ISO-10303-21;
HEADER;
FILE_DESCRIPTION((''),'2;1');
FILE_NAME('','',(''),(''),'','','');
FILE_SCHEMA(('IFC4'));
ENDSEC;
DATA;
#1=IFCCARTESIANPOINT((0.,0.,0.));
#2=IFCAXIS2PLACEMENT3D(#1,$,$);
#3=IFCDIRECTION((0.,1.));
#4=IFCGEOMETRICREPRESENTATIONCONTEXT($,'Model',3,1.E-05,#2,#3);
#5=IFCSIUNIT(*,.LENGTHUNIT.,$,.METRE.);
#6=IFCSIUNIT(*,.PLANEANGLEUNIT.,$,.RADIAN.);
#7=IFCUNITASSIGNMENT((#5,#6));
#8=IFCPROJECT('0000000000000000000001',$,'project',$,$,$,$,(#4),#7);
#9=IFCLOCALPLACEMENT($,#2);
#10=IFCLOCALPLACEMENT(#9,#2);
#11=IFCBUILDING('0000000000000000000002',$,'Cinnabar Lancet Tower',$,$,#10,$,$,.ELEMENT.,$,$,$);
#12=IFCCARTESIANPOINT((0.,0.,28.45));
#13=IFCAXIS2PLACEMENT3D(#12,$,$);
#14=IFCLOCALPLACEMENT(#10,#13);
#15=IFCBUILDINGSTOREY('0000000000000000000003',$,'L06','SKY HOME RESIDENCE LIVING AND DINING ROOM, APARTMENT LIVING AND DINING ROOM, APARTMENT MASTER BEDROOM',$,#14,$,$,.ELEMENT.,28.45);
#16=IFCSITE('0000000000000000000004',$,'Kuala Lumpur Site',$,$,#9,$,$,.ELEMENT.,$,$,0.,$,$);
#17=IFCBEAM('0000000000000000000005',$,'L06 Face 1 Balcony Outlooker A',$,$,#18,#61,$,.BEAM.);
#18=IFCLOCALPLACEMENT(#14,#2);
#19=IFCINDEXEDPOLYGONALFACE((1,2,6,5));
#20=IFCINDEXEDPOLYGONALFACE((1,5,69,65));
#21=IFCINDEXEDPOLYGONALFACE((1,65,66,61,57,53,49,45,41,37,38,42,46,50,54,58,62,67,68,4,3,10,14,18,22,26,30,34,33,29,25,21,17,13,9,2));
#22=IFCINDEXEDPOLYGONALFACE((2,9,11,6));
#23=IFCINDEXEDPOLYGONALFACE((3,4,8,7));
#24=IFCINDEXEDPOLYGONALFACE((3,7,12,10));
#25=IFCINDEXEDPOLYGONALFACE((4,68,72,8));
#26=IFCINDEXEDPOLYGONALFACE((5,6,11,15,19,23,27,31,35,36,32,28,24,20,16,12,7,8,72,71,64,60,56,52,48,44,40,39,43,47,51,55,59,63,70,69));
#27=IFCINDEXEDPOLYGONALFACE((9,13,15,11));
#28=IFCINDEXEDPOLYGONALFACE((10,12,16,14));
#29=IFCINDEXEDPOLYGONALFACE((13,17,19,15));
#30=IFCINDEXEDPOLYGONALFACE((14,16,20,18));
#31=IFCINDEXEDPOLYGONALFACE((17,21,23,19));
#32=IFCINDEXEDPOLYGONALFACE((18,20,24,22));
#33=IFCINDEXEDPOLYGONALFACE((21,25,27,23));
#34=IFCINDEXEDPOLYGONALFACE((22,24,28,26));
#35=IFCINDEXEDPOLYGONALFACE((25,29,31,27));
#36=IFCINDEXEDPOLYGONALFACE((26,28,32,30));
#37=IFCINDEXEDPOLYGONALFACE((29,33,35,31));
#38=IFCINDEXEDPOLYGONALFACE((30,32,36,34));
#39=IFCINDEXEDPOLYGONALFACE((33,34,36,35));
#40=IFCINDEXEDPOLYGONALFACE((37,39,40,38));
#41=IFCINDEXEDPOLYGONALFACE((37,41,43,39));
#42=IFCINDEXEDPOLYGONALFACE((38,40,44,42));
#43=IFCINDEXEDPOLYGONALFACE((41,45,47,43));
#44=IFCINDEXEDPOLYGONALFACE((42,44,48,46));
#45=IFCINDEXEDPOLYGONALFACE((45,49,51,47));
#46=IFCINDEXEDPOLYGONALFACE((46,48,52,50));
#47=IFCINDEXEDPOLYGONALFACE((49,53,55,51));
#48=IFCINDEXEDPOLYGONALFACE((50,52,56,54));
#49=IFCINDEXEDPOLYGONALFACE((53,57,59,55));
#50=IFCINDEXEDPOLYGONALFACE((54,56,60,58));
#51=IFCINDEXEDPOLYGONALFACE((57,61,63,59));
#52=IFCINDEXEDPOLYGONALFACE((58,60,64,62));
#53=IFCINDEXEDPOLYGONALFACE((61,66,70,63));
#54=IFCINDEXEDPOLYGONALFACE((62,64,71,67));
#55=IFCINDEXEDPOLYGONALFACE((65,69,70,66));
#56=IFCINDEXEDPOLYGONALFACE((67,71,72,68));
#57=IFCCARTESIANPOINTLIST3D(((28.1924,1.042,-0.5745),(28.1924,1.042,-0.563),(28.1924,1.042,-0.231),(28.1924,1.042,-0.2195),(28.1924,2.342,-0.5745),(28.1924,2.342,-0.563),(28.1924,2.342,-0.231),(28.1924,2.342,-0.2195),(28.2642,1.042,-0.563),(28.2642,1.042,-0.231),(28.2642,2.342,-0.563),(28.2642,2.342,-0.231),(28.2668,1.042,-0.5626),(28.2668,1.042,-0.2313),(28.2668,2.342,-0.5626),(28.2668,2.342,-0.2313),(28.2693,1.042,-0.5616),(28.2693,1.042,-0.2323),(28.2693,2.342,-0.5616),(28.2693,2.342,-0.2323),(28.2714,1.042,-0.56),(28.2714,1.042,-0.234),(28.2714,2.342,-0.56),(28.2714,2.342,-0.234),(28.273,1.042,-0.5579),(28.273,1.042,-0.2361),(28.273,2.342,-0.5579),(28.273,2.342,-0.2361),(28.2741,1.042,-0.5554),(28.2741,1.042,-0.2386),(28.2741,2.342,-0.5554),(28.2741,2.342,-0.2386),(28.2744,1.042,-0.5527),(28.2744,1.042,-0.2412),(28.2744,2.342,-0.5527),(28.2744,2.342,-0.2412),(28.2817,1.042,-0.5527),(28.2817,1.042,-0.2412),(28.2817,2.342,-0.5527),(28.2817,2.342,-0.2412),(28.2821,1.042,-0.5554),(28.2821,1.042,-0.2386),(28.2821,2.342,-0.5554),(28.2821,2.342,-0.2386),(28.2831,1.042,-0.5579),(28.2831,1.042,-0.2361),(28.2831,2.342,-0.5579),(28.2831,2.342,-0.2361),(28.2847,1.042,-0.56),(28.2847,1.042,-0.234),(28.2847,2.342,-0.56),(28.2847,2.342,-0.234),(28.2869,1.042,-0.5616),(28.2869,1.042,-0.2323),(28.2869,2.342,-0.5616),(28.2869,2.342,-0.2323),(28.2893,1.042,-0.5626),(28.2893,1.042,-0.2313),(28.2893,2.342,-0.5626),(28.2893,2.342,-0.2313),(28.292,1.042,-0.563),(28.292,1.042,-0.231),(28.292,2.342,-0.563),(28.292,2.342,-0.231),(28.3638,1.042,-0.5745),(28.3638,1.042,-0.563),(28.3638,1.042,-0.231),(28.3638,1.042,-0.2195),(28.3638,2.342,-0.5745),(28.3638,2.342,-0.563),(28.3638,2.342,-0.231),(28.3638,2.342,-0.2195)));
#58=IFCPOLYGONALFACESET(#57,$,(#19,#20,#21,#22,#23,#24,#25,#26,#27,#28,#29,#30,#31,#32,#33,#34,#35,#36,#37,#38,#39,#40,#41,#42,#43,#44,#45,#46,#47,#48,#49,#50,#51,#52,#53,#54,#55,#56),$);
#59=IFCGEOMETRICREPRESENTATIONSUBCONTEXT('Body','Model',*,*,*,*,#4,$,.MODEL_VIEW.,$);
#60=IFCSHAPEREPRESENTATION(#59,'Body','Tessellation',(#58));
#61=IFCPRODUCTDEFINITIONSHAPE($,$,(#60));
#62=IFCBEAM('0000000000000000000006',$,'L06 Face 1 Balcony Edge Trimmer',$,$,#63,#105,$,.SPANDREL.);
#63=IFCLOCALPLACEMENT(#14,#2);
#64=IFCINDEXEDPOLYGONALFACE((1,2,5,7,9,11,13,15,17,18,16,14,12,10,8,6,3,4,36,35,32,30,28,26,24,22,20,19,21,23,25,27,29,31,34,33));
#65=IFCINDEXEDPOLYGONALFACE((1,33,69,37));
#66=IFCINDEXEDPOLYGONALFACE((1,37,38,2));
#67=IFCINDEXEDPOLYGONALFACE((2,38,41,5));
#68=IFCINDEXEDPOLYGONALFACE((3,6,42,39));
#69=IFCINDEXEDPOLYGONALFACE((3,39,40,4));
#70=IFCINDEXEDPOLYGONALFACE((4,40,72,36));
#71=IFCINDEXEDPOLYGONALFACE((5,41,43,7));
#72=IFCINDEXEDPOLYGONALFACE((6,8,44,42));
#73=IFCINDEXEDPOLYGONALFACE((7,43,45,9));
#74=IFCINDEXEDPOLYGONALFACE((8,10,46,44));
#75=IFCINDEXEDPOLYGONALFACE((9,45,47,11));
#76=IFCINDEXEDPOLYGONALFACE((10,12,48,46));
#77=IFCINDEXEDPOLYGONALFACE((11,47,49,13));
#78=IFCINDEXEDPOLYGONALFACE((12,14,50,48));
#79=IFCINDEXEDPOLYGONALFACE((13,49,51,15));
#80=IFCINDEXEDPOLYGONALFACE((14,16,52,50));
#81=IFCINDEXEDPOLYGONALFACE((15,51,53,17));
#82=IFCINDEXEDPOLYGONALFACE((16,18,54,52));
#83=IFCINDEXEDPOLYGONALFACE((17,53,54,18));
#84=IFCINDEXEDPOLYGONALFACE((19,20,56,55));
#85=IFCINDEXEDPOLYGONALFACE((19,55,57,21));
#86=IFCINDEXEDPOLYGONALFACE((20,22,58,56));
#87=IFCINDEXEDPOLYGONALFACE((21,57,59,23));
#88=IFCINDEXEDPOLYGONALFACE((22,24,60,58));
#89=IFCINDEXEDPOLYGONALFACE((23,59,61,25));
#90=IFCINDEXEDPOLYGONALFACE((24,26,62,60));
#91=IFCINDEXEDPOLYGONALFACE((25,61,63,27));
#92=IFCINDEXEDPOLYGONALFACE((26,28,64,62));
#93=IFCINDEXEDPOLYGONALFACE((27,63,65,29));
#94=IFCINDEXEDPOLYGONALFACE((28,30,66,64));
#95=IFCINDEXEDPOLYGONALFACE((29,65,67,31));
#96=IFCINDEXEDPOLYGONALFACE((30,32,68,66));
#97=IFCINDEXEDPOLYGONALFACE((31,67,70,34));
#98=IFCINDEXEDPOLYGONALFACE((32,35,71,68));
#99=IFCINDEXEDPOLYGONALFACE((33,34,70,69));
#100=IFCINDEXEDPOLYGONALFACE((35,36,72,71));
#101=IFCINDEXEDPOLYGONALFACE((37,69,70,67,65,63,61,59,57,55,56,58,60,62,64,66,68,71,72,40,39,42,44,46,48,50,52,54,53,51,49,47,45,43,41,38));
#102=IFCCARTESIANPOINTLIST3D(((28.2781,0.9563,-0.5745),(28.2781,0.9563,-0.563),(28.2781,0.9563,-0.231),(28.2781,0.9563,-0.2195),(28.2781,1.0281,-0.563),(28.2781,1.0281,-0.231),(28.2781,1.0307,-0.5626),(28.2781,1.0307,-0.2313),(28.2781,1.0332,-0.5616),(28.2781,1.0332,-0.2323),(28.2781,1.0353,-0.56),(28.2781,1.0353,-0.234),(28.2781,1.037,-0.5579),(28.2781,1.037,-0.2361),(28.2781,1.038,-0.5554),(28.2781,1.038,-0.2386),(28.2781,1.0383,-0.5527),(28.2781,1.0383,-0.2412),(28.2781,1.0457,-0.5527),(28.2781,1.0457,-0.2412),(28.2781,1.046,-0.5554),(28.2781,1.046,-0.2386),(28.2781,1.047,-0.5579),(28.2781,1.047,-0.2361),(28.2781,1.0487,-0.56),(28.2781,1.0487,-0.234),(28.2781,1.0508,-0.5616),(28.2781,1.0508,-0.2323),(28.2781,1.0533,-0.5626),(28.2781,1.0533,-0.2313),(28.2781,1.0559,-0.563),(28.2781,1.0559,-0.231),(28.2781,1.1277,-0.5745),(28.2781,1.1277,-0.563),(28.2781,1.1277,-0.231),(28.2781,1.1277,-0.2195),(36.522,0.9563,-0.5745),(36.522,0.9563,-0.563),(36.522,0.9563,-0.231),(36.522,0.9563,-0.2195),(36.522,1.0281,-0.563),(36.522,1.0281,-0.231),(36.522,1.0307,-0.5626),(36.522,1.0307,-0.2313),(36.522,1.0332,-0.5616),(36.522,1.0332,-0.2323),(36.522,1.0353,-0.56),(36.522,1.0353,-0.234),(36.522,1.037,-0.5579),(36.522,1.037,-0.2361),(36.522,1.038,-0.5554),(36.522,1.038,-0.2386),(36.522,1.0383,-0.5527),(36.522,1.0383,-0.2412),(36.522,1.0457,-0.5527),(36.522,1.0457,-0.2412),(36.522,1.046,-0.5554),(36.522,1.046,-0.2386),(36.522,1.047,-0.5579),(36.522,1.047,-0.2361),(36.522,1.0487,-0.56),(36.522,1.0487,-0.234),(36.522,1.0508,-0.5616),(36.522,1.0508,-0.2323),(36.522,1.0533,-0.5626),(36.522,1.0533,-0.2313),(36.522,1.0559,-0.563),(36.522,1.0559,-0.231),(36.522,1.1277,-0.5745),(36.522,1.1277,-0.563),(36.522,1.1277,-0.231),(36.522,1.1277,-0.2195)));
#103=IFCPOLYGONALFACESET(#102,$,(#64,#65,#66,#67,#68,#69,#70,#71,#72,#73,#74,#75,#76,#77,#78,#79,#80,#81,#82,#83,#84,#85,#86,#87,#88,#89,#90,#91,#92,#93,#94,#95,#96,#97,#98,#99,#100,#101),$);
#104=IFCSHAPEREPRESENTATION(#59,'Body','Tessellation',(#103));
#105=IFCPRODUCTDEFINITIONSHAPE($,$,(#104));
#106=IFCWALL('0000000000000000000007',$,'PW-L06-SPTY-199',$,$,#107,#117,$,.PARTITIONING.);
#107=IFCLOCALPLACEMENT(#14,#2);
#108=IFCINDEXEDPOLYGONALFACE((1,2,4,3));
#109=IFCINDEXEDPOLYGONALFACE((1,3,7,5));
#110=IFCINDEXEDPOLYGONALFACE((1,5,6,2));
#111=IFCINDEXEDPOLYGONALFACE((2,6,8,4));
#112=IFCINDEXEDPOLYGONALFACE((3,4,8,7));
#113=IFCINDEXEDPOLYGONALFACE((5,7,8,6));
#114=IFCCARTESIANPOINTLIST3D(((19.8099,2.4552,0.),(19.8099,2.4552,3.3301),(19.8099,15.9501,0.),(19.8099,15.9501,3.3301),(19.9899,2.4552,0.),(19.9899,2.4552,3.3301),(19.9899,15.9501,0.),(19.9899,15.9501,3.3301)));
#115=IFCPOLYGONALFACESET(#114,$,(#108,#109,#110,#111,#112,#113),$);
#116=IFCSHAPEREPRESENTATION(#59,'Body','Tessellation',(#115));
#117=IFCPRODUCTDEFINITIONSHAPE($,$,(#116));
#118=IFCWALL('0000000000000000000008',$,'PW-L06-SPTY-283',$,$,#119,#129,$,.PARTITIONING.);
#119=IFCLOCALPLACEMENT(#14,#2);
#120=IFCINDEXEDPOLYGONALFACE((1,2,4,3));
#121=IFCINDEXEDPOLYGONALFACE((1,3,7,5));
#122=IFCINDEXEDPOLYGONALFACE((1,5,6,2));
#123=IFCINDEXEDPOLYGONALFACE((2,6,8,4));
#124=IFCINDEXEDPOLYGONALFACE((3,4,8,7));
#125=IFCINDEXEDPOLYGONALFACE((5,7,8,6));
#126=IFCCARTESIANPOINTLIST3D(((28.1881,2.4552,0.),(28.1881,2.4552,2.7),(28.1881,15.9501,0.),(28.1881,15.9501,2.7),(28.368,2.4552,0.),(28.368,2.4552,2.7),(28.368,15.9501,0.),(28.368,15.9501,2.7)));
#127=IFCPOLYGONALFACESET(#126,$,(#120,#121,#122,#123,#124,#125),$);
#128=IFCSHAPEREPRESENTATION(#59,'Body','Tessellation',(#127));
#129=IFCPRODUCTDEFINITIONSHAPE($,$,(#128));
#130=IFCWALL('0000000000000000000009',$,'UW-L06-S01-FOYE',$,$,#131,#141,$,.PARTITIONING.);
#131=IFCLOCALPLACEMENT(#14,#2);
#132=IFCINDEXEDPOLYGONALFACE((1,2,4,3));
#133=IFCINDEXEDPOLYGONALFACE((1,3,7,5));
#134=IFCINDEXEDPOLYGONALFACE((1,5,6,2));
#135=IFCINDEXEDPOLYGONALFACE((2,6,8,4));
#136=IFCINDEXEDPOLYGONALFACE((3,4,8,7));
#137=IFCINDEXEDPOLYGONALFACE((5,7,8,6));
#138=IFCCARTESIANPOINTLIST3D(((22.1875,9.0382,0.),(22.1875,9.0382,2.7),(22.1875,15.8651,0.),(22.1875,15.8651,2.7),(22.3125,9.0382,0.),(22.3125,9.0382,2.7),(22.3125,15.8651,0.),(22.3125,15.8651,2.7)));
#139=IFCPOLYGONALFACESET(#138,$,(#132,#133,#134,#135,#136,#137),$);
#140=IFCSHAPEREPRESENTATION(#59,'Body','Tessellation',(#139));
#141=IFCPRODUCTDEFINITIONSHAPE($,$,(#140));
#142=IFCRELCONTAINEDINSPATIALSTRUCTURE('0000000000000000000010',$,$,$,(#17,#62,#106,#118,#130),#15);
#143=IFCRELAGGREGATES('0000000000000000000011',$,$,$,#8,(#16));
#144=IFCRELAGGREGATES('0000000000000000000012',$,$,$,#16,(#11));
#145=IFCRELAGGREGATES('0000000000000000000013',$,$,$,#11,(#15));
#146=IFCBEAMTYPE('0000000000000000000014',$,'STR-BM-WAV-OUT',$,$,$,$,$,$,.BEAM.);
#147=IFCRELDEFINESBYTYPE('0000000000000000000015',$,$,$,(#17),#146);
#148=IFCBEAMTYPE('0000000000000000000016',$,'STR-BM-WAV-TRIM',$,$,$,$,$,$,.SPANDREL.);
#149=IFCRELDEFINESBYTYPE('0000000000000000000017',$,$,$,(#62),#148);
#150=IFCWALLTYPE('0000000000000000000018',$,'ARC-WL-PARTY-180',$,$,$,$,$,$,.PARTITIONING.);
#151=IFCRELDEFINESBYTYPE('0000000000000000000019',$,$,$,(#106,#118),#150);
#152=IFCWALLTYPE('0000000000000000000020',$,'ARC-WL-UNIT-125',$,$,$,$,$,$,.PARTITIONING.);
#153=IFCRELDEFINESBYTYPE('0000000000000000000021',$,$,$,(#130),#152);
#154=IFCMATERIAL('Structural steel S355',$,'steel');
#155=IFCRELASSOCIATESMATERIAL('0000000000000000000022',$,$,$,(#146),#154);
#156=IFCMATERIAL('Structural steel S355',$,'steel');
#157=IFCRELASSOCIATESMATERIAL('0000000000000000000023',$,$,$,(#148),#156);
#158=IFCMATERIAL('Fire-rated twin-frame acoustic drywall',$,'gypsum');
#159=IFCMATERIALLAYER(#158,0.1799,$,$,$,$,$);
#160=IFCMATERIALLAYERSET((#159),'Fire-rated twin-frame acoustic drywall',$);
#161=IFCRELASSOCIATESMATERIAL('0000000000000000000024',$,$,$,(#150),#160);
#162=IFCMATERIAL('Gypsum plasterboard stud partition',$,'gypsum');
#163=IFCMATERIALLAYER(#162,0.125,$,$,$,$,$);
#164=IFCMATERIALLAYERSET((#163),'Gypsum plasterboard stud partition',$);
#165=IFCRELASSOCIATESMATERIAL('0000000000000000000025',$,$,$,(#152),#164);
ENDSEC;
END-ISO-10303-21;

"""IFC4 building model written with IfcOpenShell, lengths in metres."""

from ifc_helpers import new_model, si_unit, direction, frame, frame_2d, origin, origin_2d, place, context, subcontext, project, spatial, rectangle, i_section, extrude, material, layer, layer_set, material_profile, profile_set, type_object, element, save


model = new_model("IFC4")

# Units and contexts
model_context = context("Model", 3, precision=1e-05, world=origin(), true_north=direction((0.0, 1.0)))
body_context = subcontext(model_context, "Body", "Model", "MODEL_VIEW")
ifc_project = project(units=[si_unit("LENGTHUNIT", "METRE"), si_unit("PLANEANGLEUNIT", "RADIAN")], contexts=[model_context])

# Site, building, storey
site_placement = place(None, origin())
site = spatial("IfcSite", under=ifc_project, at=site_placement, Name="Kuala Lumpur Site", CompositionType="ELEMENT", RefElevation=0.0)
building_placement = place(site_placement, origin())
building = spatial("IfcBuilding", under=site, at=building_placement, Name="Cinnabar Lancet Tower", CompositionType="ELEMENT")
storey_placement = place(building_placement, frame((0.0, 0.0, 28.45)))
storey = spatial("IfcBuildingStorey", under=building, at=storey_placement, Name="L06", Description="SKY HOME RESIDENCE LIVING AND DINING ROOM, APARTMENT LIVING AND DINING ROOM, APARTMENT MASTER BEDROOM", CompositionType="ELEMENT", Elevation=28.45)

# Beams
ifc_material_1 = material(Name="Structural steel S355", Category="steel")
ifc_material_profile_1 = material_profile(ifc_material_1, i_section(OverallWidth=0.1714, OverallDepth=0.355, WebThickness=0.0073, FlangeThickness=0.0115, FilletRadius=0.0103, at=origin_2d()), Name="UKB 356x171x51")
ifc_profile_set_1 = profile_set([ifc_material_profile_1], Name="Structural steel S355")
beam_type_1 = type_object("IfcBeamType", Name="STR-BM-WAV-OUT", PredefinedType="BEAM", material=ifc_profile_set_1)
beam_1_placement = place(storey_placement, frame((28.2781, 2.342, -0.397), z_axis=(0.0, -1.0, 0.0), x_axis=(1.0, 0.0, 0.0)))
element("IfcBeam", 1, at=beam_1_placement, inside=storey, type_object=beam_type_1, Name="L06 Face 1 Balcony Outlooker A", PredefinedType="BEAM", context=body_context, shape_type="SweptSolid", body=[
    extrude(i_section(OverallWidth=0.1714, OverallDepth=0.355, WebThickness=0.0073, FlangeThickness=0.0115, FilletRadius=0.0103, at=origin_2d()), origin(), (0.0, 0.0, 1.0), 1.3),
])
ifc_material_2 = material(Name="Structural steel S355", Category="steel")
ifc_material_profile_2 = material_profile(ifc_material_2, i_section(OverallWidth=0.1714, OverallDepth=0.355, WebThickness=0.0073, FlangeThickness=0.0115, FilletRadius=0.0103, at=origin_2d()), Name="UKB 356x171x51")
ifc_profile_set_2 = profile_set([ifc_material_profile_2], Name="Structural steel S355")
beam_type_2 = type_object("IfcBeamType", Name="STR-BM-WAV-TRIM", PredefinedType="SPANDREL", material=ifc_profile_set_2)
beam_2_placement = place(storey_placement, frame((28.2781, 1.042, -0.397), z_axis=(1.0, 0.0, 0.0), x_axis=(0.0, 1.0, 0.0)))
element("IfcBeam", 2, at=beam_2_placement, inside=storey, type_object=beam_type_2, Name="L06 Face 1 Balcony Edge Trimmer", PredefinedType="SPANDREL", context=body_context, shape_type="SweptSolid", body=[
    extrude(i_section(OverallWidth=0.1714, OverallDepth=0.355, WebThickness=0.0073, FlangeThickness=0.0115, FilletRadius=0.0103, at=origin_2d()), origin(), (0.0, 0.0, 1.0), 8.2439),
])

# Walls
ifc_material_3 = material(Name="Fire-rated twin-frame acoustic drywall", Category="gypsum")
ifc_layer_1 = layer(ifc_material_3, 0.1799)
ifc_layer_set_1 = layer_set([ifc_layer_1], Name="Fire-rated twin-frame acoustic drywall")
wall_type_1 = type_object("IfcWallType", Name="ARC-WL-PARTY-180", PredefinedType="PARTITIONING", material=ifc_layer_set_1)
wall_1_placement = place(storey_placement, frame((19.8999, 2.4551, 0.0), z_axis=(0.0, 0.0, 1.0), x_axis=(0.0, 1.0, 0.0)))
element("IfcWall", 3, at=wall_1_placement, inside=storey, type_object=wall_type_1, Name="PW-L06-SPTY-199", PredefinedType="PARTITIONING", context=body_context, shape_type="SweptSolid", body=[
    extrude(rectangle(XDim=13.4949, YDim=0.1799, at=frame_2d((6.7476, 0.0))), origin(), (0.0, 0.0, 1.0), 3.3301),
])
wall_2_placement = place(storey_placement, frame((28.2781, 2.4551, 0.0), z_axis=(0.0, 0.0, 1.0), x_axis=(0.0, 1.0, 0.0)))
element("IfcWall", 4, at=wall_2_placement, inside=storey, type_object=wall_type_1, Name="PW-L06-SPTY-283", PredefinedType="PARTITIONING", context=body_context, shape_type="SweptSolid", body=[
    extrude(rectangle(XDim=13.4949, YDim=0.1799, at=frame_2d((6.7476, 0.0))), origin(), (0.0, 0.0, 1.0), 2.7),
])
ifc_material_4 = material(Name="Gypsum plasterboard stud partition", Category="gypsum")
ifc_layer_2 = layer(ifc_material_4, 0.125)
ifc_layer_set_2 = layer_set([ifc_layer_2], Name="Gypsum plasterboard stud partition")
wall_type_2 = type_object("IfcWallType", Name="ARC-WL-UNIT-125", PredefinedType="PARTITIONING", material=ifc_layer_set_2)
wall_3_placement = place(storey_placement, frame((22.25, 9.0381, 0.0), z_axis=(0.0, 0.0, 1.0), x_axis=(0.0, 1.0, 0.0)))
element("IfcWall", 5, at=wall_3_placement, inside=storey, type_object=wall_type_2, Name="UW-L06-S01-FOYE", PredefinedType="PARTITIONING", context=body_context, shape_type="SweptSolid", body=[
    extrude(rectangle(XDim=6.8269, YDim=0.125, at=frame_2d((3.4136, 0.0))), origin(), (0.0, 0.0, 1.0), 2.7),
])

save(model, "model.ifc")
